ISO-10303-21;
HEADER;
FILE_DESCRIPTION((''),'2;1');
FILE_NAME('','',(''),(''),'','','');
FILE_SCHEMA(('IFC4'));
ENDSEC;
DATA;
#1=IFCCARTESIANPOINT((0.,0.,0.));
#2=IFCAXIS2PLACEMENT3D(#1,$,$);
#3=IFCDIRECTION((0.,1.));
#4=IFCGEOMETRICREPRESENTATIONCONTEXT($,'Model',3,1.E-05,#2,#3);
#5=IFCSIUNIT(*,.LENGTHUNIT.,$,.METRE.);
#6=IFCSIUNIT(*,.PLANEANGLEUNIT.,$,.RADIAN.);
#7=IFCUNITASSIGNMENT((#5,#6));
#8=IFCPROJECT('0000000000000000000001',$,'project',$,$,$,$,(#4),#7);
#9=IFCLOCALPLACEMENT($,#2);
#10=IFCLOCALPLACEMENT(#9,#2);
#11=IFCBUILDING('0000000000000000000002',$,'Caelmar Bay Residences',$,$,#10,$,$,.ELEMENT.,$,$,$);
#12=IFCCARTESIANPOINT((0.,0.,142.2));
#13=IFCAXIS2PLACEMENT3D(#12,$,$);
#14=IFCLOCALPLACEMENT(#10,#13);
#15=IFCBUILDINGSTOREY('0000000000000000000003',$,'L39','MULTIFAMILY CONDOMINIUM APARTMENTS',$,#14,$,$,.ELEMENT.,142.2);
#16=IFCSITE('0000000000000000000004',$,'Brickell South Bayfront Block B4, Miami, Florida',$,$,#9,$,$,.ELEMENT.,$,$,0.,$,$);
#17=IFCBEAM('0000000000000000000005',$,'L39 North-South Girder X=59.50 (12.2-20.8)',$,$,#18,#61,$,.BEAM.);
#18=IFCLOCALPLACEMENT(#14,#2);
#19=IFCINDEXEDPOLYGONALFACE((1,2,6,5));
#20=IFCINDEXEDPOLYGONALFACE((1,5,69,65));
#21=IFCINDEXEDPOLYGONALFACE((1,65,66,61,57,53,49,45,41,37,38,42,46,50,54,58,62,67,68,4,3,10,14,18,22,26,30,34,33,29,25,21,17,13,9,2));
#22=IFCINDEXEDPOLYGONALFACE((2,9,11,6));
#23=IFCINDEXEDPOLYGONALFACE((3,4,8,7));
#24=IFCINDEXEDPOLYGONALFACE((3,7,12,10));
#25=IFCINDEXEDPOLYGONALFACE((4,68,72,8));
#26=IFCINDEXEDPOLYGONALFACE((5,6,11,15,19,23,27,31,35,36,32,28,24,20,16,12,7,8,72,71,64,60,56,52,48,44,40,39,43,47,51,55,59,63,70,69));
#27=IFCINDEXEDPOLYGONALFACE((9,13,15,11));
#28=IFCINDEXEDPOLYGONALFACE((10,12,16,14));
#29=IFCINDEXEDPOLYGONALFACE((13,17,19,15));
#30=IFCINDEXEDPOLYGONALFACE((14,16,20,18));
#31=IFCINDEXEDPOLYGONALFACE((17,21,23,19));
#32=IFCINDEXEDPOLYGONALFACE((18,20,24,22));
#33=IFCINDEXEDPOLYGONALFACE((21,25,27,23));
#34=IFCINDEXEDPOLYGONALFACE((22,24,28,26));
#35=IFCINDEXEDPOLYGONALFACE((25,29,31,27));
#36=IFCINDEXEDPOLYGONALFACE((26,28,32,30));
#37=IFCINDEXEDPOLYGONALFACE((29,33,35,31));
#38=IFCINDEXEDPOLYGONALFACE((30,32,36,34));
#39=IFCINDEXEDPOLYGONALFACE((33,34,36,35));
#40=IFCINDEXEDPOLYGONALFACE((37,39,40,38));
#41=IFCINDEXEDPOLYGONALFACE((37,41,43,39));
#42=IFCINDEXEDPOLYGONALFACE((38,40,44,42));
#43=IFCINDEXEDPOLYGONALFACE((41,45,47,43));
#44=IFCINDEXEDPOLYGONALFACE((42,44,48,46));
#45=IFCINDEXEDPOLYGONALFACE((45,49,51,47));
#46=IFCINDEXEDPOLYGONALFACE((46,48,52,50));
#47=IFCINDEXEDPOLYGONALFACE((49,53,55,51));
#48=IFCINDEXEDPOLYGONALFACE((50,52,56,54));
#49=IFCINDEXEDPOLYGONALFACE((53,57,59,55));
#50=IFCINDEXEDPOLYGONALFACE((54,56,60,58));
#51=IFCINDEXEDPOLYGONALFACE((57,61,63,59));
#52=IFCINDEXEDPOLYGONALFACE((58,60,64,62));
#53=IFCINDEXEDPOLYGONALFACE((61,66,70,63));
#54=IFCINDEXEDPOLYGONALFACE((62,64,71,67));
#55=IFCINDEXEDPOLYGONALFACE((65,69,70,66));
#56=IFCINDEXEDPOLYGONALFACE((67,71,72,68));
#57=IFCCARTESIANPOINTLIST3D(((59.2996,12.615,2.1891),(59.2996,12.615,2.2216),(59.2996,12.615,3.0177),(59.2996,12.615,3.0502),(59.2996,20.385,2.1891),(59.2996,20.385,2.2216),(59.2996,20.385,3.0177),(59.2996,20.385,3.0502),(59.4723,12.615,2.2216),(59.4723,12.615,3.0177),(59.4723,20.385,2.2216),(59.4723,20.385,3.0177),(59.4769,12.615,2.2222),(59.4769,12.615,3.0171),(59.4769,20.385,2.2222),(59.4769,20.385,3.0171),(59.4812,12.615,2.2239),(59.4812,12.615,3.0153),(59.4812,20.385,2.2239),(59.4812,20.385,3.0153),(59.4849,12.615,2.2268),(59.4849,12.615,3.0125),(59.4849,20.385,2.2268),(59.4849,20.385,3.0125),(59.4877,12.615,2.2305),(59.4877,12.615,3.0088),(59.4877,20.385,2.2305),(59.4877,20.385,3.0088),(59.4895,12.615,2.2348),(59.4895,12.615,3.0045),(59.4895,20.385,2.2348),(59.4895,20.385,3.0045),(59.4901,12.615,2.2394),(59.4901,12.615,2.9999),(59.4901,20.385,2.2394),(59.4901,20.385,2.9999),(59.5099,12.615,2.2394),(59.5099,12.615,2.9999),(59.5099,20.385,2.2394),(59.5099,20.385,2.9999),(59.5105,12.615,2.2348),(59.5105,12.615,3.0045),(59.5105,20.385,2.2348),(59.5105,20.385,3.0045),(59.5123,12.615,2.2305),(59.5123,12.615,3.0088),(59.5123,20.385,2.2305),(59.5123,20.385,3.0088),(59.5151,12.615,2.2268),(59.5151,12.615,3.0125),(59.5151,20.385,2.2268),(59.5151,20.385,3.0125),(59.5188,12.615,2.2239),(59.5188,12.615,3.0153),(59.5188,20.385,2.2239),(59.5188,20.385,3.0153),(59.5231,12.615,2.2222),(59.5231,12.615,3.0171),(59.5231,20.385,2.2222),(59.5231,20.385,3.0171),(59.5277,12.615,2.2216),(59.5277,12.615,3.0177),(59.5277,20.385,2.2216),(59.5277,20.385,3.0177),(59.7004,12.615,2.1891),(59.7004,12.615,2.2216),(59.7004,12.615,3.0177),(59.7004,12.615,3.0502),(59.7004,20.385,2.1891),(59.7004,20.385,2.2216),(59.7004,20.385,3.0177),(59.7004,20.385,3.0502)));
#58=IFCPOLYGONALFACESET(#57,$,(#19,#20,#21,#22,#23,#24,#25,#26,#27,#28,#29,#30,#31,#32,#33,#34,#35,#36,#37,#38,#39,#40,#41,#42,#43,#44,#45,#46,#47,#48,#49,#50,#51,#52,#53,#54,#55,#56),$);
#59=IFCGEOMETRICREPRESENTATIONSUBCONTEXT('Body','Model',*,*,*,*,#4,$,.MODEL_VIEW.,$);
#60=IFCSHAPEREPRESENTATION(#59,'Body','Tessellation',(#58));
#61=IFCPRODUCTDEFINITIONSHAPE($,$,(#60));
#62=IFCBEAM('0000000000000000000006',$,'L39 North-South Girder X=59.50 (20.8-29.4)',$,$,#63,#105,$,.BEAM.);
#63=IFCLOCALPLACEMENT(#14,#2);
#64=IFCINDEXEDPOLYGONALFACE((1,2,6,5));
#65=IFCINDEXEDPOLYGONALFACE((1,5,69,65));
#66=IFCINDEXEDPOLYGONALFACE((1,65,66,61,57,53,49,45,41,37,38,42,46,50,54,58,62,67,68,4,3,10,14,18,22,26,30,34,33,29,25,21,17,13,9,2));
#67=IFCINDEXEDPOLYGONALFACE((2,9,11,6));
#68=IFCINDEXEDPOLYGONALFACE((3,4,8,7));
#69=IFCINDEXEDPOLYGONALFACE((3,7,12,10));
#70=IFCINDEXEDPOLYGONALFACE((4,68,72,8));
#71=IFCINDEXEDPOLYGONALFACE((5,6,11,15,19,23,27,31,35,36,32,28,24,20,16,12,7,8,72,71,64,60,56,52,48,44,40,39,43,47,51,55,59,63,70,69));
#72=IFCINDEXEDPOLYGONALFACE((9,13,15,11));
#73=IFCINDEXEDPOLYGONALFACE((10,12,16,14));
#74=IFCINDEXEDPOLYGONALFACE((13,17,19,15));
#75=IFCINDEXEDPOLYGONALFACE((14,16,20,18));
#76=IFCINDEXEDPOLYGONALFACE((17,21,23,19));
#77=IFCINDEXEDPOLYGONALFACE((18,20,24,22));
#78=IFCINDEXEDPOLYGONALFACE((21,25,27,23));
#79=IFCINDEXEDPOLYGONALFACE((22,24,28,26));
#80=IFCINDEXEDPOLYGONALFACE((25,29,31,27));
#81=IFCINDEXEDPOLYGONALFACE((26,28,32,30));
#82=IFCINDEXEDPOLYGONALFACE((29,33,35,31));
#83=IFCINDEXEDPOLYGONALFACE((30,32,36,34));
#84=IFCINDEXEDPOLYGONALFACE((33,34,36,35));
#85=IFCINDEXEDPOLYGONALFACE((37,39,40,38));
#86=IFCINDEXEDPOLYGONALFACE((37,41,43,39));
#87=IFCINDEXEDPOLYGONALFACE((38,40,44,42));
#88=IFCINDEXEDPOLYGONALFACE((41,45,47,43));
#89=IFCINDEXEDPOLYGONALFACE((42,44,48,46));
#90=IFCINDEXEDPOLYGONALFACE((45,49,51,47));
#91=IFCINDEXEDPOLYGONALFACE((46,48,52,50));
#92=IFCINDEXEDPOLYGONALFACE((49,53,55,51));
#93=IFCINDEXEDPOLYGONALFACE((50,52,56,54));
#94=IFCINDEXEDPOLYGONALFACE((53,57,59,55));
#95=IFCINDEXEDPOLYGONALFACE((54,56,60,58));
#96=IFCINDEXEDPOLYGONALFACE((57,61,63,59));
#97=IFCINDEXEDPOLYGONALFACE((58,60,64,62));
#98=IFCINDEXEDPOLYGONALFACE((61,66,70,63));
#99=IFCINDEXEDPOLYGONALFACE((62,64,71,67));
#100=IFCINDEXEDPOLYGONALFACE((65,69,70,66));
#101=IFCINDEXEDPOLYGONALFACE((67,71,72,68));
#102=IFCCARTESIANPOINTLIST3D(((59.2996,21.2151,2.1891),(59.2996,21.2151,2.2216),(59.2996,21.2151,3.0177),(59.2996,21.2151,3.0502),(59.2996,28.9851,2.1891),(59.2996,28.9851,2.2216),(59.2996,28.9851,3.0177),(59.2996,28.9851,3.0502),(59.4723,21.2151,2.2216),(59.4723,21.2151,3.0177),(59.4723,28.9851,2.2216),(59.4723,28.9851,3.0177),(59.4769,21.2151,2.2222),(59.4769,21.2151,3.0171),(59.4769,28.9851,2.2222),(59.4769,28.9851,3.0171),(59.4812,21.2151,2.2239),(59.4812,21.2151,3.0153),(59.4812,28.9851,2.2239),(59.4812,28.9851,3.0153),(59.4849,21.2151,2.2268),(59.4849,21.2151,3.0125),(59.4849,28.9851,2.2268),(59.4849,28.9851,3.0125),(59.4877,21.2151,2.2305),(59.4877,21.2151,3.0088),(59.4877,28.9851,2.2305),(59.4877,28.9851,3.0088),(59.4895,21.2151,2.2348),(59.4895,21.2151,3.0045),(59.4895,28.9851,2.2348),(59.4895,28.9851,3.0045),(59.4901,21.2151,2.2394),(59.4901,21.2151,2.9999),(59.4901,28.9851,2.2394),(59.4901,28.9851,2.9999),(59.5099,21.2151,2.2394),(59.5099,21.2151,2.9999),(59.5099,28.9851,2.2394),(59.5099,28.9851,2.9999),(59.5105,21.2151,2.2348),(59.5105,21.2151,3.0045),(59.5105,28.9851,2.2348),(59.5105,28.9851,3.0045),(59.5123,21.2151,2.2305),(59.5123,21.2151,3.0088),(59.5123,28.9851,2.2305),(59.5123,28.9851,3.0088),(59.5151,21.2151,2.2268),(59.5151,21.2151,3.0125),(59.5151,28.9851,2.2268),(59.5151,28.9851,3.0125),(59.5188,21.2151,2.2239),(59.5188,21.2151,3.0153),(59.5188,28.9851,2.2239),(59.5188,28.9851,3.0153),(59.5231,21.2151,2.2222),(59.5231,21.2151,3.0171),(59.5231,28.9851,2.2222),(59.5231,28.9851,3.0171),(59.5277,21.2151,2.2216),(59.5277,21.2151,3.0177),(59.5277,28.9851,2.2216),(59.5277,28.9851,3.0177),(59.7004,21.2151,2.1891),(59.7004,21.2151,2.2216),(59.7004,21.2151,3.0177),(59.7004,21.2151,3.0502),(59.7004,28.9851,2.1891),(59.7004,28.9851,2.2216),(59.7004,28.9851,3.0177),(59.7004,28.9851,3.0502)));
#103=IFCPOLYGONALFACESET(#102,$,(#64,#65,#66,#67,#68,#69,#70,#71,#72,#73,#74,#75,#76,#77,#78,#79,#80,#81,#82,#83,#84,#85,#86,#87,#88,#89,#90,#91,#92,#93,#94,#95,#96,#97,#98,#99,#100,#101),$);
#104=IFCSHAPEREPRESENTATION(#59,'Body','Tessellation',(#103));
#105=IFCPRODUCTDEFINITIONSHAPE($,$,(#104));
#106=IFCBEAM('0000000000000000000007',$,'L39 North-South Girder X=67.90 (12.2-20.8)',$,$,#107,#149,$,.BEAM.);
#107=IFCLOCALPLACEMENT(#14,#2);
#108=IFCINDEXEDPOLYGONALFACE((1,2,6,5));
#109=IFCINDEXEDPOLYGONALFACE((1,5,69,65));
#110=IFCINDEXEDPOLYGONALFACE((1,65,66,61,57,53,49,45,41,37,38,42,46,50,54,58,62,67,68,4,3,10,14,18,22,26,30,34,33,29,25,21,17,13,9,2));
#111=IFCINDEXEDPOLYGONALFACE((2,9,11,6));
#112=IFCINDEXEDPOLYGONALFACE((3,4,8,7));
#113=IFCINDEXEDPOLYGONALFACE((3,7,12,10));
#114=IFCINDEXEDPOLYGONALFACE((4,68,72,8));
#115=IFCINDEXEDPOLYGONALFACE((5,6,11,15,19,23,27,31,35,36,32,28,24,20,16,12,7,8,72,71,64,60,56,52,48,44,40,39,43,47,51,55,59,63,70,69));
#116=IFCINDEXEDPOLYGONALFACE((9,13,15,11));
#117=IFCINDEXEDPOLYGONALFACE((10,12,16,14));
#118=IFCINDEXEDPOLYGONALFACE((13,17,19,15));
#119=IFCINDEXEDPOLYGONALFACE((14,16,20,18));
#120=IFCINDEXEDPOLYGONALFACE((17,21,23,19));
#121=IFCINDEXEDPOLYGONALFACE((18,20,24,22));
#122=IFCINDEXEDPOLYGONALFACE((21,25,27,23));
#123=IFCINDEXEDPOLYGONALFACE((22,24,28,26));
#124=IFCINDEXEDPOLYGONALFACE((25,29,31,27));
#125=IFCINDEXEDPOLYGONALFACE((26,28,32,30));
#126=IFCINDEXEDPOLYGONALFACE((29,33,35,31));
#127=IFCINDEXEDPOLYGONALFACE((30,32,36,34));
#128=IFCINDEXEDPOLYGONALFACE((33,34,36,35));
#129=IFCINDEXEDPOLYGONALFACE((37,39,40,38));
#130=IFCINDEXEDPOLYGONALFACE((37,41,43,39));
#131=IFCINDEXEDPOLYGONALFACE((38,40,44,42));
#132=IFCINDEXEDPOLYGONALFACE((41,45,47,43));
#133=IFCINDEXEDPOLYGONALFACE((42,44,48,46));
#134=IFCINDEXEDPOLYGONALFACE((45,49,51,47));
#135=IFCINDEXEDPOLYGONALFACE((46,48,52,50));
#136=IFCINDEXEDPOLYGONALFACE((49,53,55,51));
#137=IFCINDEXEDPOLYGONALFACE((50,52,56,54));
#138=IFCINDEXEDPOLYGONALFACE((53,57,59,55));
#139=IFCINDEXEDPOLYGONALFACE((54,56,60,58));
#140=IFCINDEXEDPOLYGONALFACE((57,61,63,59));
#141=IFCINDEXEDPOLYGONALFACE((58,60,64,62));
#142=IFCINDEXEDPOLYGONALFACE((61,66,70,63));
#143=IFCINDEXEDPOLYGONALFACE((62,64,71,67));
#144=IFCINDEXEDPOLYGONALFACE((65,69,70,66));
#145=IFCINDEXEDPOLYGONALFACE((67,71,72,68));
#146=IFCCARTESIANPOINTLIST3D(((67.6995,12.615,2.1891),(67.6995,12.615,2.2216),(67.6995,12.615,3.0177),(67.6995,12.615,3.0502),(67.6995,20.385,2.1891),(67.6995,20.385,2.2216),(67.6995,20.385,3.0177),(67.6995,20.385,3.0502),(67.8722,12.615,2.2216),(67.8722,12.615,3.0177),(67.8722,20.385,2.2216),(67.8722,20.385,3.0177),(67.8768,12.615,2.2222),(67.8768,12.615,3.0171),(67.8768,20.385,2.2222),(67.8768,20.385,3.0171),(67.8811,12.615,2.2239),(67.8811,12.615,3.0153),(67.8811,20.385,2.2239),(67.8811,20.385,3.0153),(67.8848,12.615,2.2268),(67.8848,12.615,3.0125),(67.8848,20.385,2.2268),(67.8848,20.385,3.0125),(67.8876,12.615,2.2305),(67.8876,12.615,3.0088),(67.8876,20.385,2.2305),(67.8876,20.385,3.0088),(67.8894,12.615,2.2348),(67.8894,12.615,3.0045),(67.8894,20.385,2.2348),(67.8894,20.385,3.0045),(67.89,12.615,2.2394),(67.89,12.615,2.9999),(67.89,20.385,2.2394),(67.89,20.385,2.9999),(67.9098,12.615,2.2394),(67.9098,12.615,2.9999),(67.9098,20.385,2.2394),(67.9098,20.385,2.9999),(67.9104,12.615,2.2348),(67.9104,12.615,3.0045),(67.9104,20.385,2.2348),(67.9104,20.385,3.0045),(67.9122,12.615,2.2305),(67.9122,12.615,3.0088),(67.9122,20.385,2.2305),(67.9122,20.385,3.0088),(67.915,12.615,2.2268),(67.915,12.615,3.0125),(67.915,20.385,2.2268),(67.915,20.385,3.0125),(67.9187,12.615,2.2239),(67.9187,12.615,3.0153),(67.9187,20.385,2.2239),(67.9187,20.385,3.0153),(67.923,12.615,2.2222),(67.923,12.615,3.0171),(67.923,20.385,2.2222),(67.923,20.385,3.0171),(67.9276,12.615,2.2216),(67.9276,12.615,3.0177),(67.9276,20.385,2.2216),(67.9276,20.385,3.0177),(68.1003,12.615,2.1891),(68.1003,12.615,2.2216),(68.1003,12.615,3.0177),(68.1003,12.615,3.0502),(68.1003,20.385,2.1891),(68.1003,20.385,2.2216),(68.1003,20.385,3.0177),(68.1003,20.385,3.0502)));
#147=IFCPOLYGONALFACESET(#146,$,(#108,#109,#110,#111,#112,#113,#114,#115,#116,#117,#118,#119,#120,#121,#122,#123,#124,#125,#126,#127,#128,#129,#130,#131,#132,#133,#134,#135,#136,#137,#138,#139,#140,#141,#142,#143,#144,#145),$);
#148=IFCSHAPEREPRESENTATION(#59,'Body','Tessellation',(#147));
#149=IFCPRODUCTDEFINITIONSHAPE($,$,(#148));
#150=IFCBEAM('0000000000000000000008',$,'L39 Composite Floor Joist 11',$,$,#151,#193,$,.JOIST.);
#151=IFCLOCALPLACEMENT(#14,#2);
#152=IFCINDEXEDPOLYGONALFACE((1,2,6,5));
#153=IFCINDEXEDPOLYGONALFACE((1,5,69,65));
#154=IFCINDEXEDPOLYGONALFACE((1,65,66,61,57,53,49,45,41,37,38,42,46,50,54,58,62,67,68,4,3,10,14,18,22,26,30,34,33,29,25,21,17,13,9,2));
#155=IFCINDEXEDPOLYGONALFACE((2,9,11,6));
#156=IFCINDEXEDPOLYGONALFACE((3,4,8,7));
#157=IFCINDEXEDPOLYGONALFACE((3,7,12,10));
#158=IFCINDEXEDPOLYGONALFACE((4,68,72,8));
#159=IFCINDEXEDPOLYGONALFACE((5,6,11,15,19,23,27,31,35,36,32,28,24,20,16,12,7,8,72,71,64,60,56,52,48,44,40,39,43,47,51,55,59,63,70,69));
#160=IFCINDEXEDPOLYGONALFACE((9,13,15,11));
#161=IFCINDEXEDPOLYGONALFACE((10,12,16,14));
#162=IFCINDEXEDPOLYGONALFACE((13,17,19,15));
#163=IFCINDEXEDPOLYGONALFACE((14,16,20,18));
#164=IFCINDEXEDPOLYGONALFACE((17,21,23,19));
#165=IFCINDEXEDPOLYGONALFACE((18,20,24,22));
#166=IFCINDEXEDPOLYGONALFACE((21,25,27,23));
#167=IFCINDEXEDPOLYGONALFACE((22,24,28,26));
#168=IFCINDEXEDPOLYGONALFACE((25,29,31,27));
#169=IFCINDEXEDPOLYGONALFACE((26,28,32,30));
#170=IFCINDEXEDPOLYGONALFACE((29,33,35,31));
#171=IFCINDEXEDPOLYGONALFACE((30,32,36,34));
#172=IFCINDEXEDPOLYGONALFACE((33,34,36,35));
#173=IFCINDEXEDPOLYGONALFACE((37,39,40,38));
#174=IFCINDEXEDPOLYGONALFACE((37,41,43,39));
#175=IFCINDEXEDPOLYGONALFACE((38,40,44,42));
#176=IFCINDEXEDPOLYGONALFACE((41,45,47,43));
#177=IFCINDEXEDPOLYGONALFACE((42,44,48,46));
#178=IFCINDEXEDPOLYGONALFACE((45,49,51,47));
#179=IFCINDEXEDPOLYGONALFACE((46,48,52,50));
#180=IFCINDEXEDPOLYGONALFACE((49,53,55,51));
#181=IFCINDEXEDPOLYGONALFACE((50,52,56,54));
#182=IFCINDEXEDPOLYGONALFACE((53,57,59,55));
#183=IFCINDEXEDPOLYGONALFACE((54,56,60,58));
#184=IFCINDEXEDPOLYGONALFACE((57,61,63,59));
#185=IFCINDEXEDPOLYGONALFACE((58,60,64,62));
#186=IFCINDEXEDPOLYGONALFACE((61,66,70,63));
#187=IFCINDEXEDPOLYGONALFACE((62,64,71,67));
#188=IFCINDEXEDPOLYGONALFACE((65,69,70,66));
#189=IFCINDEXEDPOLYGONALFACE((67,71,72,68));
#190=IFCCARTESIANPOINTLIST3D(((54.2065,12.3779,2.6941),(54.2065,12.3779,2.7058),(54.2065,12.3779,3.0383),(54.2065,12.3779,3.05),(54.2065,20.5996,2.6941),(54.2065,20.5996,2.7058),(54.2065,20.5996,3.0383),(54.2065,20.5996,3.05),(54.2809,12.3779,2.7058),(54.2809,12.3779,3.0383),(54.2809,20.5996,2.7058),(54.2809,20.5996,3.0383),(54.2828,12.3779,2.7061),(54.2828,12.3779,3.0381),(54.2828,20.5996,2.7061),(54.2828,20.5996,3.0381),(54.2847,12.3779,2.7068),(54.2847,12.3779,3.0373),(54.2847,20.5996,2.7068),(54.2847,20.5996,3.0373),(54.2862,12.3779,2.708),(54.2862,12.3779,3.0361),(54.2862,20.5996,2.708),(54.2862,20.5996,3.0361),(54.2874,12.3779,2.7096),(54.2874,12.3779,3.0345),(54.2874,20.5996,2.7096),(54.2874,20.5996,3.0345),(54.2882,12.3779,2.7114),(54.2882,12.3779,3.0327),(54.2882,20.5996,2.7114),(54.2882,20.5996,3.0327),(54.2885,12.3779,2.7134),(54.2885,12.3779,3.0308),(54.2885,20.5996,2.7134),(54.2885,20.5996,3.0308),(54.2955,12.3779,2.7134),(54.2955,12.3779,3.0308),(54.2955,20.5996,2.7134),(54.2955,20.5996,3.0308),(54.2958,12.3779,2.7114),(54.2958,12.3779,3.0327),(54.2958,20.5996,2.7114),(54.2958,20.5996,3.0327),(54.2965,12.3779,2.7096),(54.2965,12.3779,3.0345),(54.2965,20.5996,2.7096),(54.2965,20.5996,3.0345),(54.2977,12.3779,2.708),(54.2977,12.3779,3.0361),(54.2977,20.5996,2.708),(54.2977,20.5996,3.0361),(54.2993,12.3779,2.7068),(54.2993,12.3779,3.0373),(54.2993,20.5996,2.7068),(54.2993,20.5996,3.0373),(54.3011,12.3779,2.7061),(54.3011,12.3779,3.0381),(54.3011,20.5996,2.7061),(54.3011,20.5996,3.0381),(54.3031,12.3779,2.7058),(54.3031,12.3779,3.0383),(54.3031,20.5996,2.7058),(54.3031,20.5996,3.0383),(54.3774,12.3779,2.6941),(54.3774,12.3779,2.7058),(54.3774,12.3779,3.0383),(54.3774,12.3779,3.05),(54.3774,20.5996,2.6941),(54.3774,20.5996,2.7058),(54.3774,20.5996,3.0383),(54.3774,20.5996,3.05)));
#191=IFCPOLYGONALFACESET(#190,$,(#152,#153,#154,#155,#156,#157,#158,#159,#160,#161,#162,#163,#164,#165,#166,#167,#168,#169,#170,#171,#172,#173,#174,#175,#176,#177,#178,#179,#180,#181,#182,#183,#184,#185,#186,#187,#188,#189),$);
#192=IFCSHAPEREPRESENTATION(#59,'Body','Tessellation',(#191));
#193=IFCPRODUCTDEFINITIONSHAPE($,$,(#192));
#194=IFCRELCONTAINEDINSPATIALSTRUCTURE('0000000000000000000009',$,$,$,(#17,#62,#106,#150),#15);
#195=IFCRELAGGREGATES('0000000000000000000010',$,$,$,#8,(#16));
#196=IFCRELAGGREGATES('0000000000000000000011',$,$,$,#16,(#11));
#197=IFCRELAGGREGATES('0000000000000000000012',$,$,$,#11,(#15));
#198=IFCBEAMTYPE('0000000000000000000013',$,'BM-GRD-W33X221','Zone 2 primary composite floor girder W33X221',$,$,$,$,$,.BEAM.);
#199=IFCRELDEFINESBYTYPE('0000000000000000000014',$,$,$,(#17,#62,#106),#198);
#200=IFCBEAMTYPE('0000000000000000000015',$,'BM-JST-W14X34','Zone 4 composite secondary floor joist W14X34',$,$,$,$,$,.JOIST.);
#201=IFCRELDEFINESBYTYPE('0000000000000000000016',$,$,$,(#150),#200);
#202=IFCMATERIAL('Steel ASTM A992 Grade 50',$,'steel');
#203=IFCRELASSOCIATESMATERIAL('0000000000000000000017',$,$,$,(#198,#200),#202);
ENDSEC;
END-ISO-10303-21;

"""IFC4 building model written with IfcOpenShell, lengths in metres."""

from ifc_helpers import new_model, si_unit, direction, frame, origin, origin_2d, place, context, subcontext, project, spatial, i_section, extrude, material, material_profile, profile_set, type_object, element, save


model = new_model("IFC4")

# Units and contexts
model_context = context("Model", 3, precision=1e-05, world=origin(), true_north=direction((0.0, 1.0)))
body_context = subcontext(model_context, "Body", "Model", "MODEL_VIEW")
ifc_project = project(units=[si_unit("LENGTHUNIT", "METRE"), si_unit("PLANEANGLEUNIT", "RADIAN")], contexts=[model_context])

# Site, building, storey
site_placement = place(None, origin())
site = spatial("IfcSite", under=ifc_project, at=site_placement, Name="Brickell South Bayfront Block B4, Miami, Florida", CompositionType="ELEMENT", RefElevation=0.0)
building_placement = place(site_placement, origin())
building = spatial("IfcBuilding", under=site, at=building_placement, Name="Caelmar Bay Residences", CompositionType="ELEMENT")
storey_placement = place(building_placement, frame((0.0, 0.0, 142.2)))
storey = spatial("IfcBuildingStorey", under=building, at=storey_placement, Name="L39", Description="MULTIFAMILY CONDOMINIUM APARTMENTS", CompositionType="ELEMENT", Elevation=142.2)

# Beams
ifc_material_1 = material(Name="Steel ASTM A992 Grade 50", Category="steel")
ifc_material_profile_1 = material_profile(ifc_material_1, i_section(OverallWidth=0.4009, OverallDepth=0.8611, WebThickness=0.0198, FlangeThickness=0.0325, FilletRadius=0.0178, at=origin_2d()), Name="W33X221")
ifc_profile_set_1 = profile_set([ifc_material_profile_1], Name="Steel ASTM A992 Grade 50")
beam_type_1 = type_object("IfcBeamType", Name="BM-GRD-W33X221", Description="Zone 2 primary composite floor girder W33X221", PredefinedType="BEAM", material=ifc_profile_set_1)
for number, where, z_axis, x_axis, name in (
    (1, (59.5, 12.615, 2.6196), (0.0, 1.0, 0.0), (-1.0, 0.0, 0.0), "L39 North-South Girder X=59.50 (12.2-20.8)"),
    (2, (59.5, 21.2151, 2.6196), (0.0, 1.0, 0.0), (-1.0, 0.0, 0.0), "L39 North-South Girder X=59.50 (20.8-29.4)"),
    (3, (67.8999, 12.615, 2.6196), (0.0, 1.0, 0.0), (-1.0, 0.0, 0.0), "L39 North-South Girder X=67.90 (12.2-20.8)"),
):
    element("IfcBeam", number, at=place(storey_placement, frame(where, z_axis=z_axis, x_axis=x_axis)), inside=storey, type_object=beam_type_1, Name=name, PredefinedType="BEAM", context=body_context, shape_type="SweptSolid", body=[
        extrude(i_section(OverallWidth=0.4009, OverallDepth=0.8611, WebThickness=0.0198, FlangeThickness=0.0325, FilletRadius=0.0178, at=origin_2d()), origin(), (0.0, 0.0, 1.0), 7.77),
    ])
ifc_material_profile_2 = material_profile(ifc_material_1, i_section(OverallWidth=0.1709, OverallDepth=0.356, WebThickness=0.0071, FlangeThickness=0.0117, FilletRadius=0.0076, at=origin_2d()), Name="W14X34")
ifc_profile_set_2 = profile_set([ifc_material_profile_2], Name="Steel ASTM A992 Grade 50")
beam_type_2 = type_object("IfcBeamType", Name="BM-JST-W14X34", Description="Zone 4 composite secondary floor joist W14X34", PredefinedType="JOIST", material=ifc_profile_set_2)
for number, where, z_axis, x_axis, name in (
    (4, (54.292, 12.3779, 2.8721), (0.0, 1.0, 0.0), (-1.0, 0.0, 0.0), "L39 Composite Floor Joist 11"),
):
    element("IfcBeam", number, at=place(storey_placement, frame(where, z_axis=z_axis, x_axis=x_axis)), inside=storey, type_object=beam_type_2, Name=name, PredefinedType="JOIST", context=body_context, shape_type="SweptSolid", body=[
        extrude(i_section(OverallWidth=0.1709, OverallDepth=0.356, WebThickness=0.0071, FlangeThickness=0.0117, FilletRadius=0.0076, at=origin_2d()), origin(), (0.0, 0.0, 1.0), 8.2217),
    ])

save(model, "model.ifc")
